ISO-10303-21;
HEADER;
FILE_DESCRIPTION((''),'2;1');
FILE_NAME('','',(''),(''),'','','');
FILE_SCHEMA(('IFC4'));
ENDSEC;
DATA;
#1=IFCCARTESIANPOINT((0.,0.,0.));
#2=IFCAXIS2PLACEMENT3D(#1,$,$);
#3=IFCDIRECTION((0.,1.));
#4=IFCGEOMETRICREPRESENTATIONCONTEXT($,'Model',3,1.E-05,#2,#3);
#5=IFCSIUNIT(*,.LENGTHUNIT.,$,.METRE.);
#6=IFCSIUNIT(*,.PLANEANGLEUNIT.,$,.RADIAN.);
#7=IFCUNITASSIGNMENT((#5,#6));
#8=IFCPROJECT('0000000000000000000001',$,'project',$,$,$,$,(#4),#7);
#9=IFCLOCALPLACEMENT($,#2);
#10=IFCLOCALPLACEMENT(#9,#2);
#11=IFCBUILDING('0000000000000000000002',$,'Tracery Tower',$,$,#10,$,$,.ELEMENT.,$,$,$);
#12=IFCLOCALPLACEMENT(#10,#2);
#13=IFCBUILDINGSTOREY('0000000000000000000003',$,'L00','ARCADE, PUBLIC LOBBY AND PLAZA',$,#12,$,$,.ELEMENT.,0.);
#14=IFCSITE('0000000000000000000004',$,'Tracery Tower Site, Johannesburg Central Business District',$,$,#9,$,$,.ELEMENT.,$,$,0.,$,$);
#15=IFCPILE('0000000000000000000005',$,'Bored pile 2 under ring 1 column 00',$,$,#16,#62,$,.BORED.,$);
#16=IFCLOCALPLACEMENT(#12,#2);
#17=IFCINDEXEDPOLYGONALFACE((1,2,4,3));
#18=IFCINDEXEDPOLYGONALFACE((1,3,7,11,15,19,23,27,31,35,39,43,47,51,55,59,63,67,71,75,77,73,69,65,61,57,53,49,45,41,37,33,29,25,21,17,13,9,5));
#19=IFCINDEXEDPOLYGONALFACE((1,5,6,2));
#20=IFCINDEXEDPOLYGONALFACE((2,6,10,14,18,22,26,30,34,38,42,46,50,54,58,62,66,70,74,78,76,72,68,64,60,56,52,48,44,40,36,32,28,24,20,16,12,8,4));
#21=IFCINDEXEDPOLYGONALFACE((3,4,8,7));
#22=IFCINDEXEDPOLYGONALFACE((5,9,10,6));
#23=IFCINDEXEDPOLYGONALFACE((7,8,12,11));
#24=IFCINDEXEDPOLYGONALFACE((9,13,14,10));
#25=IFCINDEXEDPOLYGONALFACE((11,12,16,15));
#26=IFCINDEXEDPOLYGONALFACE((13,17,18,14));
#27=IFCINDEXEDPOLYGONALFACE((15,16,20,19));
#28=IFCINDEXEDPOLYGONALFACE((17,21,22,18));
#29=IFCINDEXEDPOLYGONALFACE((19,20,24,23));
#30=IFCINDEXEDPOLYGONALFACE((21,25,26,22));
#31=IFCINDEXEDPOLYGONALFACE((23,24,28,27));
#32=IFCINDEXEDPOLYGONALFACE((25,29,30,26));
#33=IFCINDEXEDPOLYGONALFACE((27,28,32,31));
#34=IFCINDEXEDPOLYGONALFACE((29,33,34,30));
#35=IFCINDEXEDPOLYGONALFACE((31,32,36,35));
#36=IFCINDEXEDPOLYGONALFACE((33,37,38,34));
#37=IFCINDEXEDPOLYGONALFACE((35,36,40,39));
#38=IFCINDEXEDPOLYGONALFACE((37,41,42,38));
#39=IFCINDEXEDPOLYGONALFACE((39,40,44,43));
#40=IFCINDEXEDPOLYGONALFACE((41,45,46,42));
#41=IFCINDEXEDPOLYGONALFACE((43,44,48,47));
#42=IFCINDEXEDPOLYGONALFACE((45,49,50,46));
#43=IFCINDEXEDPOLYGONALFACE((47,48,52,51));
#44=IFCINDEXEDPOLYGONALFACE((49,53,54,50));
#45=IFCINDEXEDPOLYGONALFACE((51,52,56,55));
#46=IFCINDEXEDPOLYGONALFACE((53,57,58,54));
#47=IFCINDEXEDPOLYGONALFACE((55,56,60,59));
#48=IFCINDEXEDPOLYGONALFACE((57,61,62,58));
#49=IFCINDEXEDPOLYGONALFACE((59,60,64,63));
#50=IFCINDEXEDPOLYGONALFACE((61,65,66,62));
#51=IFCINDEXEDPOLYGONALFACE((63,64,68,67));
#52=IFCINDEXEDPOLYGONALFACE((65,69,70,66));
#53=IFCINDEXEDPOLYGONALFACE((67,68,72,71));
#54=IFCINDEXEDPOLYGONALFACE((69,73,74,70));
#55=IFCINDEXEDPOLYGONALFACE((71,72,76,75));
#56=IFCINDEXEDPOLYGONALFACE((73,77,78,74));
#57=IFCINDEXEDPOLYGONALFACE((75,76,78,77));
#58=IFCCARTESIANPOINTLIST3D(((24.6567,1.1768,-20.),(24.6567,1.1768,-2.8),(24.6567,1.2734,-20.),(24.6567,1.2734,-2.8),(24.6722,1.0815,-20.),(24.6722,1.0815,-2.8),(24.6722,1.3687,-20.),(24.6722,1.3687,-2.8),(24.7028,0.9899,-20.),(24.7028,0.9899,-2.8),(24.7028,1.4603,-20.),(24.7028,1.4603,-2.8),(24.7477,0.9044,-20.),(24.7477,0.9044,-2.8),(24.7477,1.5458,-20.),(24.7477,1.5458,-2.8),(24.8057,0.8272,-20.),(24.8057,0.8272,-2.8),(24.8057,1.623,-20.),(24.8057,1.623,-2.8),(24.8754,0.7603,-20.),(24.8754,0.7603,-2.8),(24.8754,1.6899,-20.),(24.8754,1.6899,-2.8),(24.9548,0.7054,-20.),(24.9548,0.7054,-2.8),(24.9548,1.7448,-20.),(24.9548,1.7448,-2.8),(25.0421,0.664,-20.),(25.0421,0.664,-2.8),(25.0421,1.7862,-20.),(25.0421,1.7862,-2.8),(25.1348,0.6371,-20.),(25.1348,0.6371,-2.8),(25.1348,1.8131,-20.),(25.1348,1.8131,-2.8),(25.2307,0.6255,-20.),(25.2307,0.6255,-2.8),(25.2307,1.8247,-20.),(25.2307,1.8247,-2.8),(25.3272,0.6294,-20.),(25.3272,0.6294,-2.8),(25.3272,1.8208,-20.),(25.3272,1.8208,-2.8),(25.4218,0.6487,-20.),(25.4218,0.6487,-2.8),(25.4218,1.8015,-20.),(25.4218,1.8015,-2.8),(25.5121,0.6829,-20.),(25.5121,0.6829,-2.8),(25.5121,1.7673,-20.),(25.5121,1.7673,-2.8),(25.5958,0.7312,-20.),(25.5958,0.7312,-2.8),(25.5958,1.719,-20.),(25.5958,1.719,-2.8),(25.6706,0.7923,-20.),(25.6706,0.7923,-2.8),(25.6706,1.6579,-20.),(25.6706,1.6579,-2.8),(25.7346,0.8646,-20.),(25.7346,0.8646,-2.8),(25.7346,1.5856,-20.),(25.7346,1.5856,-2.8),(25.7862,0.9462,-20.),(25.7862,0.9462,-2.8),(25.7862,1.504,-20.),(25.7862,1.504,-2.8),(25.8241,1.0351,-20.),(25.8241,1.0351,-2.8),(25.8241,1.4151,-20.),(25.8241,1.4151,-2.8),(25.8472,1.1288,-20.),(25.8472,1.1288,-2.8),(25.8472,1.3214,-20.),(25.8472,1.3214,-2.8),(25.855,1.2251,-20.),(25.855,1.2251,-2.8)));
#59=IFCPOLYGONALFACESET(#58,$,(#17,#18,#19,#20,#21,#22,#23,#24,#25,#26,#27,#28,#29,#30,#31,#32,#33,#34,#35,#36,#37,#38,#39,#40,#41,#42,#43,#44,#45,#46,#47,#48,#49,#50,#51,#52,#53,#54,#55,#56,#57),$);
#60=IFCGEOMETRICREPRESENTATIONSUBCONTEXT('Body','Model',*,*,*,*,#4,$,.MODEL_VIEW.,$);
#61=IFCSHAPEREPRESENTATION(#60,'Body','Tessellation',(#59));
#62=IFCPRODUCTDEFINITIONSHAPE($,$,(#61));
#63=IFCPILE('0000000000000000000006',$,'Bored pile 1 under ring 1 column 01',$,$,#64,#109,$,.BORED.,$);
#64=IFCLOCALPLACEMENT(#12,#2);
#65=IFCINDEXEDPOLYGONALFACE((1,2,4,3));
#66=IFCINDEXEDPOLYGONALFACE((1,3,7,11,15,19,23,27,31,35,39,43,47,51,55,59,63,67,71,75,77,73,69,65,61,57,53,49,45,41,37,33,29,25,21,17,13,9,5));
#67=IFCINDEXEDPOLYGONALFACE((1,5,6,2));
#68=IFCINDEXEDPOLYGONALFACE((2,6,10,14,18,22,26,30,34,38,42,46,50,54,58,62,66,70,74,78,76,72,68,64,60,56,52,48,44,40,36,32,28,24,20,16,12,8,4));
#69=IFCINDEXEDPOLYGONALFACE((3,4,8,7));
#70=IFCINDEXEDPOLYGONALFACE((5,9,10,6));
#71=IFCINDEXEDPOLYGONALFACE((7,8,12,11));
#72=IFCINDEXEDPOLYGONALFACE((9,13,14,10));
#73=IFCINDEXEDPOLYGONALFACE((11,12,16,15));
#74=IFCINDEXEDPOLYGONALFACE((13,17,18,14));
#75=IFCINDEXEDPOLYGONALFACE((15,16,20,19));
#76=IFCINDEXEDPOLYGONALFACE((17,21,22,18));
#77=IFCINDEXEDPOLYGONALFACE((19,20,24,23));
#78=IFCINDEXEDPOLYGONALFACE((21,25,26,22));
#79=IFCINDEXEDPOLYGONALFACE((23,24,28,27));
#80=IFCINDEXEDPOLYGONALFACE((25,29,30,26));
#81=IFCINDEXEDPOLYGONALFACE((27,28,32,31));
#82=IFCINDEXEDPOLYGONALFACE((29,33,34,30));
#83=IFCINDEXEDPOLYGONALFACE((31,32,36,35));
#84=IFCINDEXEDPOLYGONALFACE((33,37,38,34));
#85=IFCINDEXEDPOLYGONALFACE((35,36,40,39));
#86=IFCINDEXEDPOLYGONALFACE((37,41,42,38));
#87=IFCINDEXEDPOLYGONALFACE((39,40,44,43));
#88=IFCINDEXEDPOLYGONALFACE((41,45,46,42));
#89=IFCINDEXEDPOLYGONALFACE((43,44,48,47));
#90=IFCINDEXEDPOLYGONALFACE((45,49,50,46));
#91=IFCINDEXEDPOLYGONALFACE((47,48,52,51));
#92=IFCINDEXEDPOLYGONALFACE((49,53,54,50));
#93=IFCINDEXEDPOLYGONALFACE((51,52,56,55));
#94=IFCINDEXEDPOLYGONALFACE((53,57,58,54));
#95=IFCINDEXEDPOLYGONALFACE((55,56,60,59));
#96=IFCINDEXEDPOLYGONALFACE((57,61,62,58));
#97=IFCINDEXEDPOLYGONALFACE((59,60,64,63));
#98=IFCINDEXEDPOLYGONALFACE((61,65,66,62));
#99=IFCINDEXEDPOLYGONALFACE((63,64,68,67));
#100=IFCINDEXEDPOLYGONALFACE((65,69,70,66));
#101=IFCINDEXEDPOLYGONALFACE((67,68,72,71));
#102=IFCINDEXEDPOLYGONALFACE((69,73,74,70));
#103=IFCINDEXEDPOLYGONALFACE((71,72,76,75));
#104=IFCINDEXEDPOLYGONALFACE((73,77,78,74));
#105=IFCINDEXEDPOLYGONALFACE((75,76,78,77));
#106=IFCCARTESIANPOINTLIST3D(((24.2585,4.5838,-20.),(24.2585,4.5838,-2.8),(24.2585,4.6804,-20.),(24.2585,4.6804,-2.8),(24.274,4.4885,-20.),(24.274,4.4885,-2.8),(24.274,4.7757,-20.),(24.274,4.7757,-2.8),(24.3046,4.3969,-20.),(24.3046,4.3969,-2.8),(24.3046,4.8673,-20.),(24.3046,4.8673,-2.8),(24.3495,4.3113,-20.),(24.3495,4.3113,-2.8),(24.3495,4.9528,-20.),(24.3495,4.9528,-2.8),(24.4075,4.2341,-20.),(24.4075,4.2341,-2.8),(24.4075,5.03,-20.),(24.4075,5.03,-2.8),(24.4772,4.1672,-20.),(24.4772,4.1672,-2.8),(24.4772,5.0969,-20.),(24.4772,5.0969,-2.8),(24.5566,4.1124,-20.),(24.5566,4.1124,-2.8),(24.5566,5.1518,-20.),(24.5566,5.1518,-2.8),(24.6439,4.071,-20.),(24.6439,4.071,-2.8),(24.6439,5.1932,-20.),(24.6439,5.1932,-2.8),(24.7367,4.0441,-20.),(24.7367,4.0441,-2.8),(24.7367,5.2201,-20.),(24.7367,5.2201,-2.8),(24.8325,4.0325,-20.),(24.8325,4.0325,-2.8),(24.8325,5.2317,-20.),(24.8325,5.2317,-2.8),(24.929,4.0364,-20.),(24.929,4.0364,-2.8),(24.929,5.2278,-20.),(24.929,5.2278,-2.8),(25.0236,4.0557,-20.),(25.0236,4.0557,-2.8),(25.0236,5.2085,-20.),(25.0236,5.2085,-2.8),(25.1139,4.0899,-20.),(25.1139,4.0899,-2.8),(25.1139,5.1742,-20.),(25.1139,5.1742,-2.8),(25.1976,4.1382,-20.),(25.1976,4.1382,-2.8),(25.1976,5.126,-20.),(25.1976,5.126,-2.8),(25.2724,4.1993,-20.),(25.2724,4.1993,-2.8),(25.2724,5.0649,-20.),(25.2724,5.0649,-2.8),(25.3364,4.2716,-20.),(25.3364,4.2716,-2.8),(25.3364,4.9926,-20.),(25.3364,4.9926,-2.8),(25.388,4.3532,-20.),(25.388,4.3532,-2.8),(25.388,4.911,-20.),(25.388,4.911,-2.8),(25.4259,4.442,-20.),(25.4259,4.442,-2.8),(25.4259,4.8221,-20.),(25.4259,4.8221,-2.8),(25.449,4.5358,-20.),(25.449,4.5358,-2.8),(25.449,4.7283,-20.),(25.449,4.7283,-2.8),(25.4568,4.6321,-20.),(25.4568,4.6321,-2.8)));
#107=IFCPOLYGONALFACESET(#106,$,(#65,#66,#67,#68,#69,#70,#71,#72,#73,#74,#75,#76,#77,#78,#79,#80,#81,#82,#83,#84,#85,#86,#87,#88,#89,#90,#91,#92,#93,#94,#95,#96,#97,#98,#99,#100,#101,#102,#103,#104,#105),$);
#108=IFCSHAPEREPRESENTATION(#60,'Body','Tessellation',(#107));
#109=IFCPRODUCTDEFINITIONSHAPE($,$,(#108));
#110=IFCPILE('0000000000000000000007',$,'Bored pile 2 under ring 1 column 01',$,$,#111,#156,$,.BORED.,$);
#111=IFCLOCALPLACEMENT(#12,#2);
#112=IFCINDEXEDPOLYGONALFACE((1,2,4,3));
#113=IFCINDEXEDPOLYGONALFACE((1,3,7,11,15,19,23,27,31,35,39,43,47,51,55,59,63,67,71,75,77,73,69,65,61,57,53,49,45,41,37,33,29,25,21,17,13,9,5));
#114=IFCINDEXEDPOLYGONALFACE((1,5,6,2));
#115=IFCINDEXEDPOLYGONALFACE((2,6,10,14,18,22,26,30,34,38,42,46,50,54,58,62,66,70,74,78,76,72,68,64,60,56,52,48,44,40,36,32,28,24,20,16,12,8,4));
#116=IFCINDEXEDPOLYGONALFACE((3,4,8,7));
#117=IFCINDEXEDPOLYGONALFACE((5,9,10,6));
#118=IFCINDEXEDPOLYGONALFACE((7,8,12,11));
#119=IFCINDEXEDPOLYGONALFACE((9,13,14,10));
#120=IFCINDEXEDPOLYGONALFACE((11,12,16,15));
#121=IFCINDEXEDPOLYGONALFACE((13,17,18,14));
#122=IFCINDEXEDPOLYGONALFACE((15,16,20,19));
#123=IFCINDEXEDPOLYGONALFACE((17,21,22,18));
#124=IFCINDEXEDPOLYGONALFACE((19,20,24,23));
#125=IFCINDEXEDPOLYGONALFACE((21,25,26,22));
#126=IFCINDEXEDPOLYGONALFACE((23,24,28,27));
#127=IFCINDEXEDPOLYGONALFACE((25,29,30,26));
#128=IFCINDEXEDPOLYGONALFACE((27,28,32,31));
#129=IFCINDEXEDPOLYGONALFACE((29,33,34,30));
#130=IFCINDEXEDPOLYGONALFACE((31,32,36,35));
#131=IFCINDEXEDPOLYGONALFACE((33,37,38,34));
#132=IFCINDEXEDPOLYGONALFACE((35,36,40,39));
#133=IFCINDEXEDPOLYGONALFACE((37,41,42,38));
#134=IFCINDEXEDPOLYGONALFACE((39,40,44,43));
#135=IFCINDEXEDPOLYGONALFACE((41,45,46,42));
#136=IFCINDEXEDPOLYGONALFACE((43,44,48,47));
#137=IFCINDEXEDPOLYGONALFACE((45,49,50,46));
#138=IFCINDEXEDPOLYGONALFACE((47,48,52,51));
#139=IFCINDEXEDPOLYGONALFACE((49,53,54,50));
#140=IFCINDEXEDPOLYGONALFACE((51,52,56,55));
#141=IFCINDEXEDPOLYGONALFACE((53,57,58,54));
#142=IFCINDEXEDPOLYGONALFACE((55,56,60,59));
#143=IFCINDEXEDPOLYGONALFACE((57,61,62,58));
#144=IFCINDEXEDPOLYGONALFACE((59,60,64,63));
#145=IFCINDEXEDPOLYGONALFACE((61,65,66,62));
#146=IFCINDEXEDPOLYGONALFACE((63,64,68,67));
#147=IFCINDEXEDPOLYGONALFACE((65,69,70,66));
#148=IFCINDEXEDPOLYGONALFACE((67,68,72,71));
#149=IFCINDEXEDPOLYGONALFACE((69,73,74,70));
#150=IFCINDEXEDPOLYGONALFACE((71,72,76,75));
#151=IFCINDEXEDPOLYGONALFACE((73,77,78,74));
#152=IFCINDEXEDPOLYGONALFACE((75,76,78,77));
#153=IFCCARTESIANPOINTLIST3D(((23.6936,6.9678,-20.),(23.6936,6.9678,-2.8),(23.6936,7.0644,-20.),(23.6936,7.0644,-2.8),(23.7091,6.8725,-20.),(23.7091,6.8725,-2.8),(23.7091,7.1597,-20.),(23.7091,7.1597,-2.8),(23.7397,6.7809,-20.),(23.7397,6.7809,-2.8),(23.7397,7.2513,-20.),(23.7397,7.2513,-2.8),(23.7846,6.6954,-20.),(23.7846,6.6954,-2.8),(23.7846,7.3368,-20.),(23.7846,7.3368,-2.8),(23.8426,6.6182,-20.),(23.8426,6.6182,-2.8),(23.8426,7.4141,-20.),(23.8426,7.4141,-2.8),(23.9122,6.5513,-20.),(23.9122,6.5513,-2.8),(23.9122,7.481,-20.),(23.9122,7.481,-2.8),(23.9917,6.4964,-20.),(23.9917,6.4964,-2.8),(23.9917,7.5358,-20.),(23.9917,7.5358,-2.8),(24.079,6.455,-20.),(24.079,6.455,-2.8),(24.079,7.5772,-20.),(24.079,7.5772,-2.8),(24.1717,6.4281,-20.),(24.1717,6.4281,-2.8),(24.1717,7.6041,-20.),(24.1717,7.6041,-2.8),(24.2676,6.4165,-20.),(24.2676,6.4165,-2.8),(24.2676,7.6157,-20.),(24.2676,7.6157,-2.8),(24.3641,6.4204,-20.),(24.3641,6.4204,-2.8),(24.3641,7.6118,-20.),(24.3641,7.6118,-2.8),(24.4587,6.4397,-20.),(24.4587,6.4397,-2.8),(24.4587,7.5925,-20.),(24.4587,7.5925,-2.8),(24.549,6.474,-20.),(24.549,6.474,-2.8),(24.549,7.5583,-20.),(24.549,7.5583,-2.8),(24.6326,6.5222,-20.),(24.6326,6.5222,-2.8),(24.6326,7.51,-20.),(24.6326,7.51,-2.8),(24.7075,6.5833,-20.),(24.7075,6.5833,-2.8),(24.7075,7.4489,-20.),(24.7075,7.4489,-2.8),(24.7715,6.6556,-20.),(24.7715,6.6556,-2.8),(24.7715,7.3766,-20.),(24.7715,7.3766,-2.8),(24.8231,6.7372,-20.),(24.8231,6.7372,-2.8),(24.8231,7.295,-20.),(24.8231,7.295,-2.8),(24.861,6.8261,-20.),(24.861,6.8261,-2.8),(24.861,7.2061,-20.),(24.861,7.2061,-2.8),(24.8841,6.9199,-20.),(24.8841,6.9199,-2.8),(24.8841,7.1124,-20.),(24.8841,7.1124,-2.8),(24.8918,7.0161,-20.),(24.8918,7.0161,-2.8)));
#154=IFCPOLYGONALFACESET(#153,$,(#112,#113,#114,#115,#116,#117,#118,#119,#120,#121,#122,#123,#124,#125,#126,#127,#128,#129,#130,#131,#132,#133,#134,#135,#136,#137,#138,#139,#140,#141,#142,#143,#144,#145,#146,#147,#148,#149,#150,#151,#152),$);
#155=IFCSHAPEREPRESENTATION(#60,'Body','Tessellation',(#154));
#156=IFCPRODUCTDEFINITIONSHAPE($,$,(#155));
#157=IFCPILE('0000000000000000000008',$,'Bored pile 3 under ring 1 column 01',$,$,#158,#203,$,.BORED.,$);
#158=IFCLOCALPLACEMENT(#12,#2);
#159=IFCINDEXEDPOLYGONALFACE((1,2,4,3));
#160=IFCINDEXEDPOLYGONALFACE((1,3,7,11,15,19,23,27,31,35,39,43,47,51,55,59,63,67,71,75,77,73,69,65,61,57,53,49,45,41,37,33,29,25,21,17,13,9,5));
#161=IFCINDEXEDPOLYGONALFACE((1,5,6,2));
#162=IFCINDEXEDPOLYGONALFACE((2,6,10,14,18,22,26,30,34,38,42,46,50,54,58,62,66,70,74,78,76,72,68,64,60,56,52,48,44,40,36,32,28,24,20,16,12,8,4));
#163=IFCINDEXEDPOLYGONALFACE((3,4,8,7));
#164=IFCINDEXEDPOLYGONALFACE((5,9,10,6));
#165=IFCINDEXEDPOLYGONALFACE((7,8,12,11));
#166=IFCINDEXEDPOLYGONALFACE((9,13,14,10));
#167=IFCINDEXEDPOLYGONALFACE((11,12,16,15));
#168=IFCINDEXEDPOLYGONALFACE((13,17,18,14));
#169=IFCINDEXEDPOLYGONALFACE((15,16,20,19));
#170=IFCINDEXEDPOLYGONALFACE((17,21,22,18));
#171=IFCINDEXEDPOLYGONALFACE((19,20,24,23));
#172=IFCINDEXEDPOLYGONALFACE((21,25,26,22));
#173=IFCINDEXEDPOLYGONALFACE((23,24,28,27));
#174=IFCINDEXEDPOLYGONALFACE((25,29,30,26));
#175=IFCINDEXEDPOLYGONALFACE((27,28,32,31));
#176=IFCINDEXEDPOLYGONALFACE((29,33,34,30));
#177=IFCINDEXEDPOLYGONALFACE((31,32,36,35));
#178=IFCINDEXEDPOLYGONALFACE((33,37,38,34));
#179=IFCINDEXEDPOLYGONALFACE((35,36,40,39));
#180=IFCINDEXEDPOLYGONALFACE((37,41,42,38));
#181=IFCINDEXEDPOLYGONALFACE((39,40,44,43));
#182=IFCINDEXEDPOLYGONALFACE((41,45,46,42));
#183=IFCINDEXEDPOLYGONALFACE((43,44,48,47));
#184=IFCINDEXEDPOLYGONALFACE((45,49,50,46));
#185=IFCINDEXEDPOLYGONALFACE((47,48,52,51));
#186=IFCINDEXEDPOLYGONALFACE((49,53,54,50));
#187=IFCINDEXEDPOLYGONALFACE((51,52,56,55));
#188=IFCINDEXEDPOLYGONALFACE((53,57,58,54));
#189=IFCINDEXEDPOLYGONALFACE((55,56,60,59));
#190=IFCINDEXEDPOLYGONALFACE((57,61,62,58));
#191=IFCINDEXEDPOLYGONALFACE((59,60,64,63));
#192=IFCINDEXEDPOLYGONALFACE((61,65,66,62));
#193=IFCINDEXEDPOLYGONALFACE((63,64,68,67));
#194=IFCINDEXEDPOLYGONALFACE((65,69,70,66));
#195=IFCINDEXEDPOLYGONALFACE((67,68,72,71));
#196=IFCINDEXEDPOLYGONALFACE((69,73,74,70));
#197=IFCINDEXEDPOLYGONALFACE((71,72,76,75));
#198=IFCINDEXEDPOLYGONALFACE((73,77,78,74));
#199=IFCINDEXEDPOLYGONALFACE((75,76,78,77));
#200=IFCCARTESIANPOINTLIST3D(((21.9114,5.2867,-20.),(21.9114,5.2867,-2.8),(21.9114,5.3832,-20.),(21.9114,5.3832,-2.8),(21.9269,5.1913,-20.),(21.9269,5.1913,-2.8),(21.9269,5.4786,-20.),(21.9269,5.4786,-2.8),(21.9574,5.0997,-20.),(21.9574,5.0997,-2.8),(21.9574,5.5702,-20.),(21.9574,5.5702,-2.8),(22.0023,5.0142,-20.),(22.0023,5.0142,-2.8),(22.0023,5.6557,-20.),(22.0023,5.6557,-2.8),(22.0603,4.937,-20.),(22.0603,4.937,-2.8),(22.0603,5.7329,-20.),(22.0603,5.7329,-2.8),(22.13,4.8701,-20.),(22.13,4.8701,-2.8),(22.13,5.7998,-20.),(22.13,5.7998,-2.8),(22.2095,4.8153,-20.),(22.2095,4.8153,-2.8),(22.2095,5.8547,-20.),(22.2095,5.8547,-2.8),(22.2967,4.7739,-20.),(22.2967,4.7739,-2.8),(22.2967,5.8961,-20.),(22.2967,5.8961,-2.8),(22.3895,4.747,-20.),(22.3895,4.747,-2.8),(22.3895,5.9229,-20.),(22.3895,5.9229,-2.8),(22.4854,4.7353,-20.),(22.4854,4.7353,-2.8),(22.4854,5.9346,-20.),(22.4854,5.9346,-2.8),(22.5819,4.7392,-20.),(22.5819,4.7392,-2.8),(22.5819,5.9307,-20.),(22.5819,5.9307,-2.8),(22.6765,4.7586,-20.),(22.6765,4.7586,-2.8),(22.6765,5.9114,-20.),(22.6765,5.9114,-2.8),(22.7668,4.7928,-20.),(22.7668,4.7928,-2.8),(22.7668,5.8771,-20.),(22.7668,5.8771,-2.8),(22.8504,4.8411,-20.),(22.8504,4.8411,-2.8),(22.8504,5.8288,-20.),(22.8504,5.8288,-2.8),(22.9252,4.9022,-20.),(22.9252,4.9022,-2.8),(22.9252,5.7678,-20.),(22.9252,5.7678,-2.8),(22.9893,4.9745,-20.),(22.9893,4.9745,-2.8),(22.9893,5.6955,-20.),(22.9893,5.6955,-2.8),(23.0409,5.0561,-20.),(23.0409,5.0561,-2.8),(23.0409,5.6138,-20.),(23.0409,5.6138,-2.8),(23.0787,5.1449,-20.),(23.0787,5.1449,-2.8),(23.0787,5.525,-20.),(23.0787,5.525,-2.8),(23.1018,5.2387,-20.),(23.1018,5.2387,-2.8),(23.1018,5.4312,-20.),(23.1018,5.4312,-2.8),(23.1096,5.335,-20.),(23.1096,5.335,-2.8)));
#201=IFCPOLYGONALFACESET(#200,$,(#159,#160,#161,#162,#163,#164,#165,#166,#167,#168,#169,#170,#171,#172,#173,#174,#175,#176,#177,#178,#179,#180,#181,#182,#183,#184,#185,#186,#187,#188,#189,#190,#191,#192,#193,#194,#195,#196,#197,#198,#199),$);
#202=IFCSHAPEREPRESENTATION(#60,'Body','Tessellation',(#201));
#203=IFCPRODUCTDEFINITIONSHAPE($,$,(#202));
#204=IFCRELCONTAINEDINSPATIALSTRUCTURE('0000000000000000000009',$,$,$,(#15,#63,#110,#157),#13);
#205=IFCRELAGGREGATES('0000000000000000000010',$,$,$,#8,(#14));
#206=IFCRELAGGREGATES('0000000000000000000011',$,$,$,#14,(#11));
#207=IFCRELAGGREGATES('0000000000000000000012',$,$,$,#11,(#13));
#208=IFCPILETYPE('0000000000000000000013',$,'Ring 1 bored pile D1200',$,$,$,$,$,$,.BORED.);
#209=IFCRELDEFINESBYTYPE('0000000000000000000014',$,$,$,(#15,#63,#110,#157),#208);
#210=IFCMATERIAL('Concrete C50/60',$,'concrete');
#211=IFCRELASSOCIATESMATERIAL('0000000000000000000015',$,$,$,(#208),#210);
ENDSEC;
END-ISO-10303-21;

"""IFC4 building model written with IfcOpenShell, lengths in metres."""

from ifc_helpers import new_model, si_unit, direction, frame, origin, origin_2d, place, context, subcontext, project, spatial, circle, extrude, material, material_profile, profile_set, type_object, element, save


model = new_model("IFC4")

# Units and contexts
model_context = context("Model", 3, precision=1e-05, world=origin(), true_north=direction((0.0, 1.0)))
body_context = subcontext(model_context, "Body", "Model", "MODEL_VIEW")
ifc_project = project(units=[si_unit("LENGTHUNIT", "METRE"), si_unit("PLANEANGLEUNIT", "RADIAN")], contexts=[model_context])

# Site, building, storey
site_placement = place(None, origin())
site = spatial("IfcSite", under=ifc_project, at=site_placement, Name="Tracery Tower Site, Johannesburg Central Business District", CompositionType="ELEMENT", RefElevation=0.0)
building_placement = place(site_placement, origin())
building = spatial("IfcBuilding", under=site, at=building_placement, Name="Tracery Tower", CompositionType="ELEMENT")
storey_placement = place(building_placement, origin())
storey = spatial("IfcBuildingStorey", under=building, at=storey_placement, Name="L00", Description="ARCADE, PUBLIC LOBBY AND PLAZA", CompositionType="ELEMENT", Elevation=0.0)

# Piles
ifc_material_1 = material(Name="Concrete C50/60", Category="concrete")
ifc_material_profile_1 = material_profile(ifc_material_1, circle(Radius=0.6001, at=origin_2d()), Name="RC D1200")
ifc_profile_set_1 = profile_set([ifc_material_profile_1], Name="Concrete C50/60")
pile_type_1 = type_object("IfcPileType", Name="Ring 1 bored pile D1200", PredefinedType="BORED", material=ifc_profile_set_1)
for number, where, z_axis, x_axis, name in (
    (1, (25.2549, 1.2251, -2.8), (0.0, 0.0, -1.0), (1.0, 0.0, 0.0), "Bored pile 2 under ring 1 column 00"),
    (2, (24.8567, 4.6321, -2.8), (0.0, 0.0, -1.0), (1.0, 0.0, 0.0), "Bored pile 1 under ring 1 column 01"),
    (3, (24.2917, 7.0161, -2.8), (0.0, 0.0, -1.0), (1.0, 0.0, 0.0), "Bored pile 2 under ring 1 column 01"),
    (4, (22.5095, 5.335, -2.8), (0.0, 0.0, -1.0), (1.0, 0.0, 0.0), "Bored pile 3 under ring 1 column 01"),
):
    element("IfcPile", number, at=place(storey_placement, frame(where, z_axis=z_axis, x_axis=x_axis)), inside=storey, type_object=pile_type_1, Name=name, PredefinedType="BORED", context=body_context, shape_type="SweptSolid", body=[
        extrude(circle(Radius=0.6001, at=origin_2d()), origin(), (0.0, 0.0, 1.0), 17.2),
    ])

save(model, "model.ifc")
